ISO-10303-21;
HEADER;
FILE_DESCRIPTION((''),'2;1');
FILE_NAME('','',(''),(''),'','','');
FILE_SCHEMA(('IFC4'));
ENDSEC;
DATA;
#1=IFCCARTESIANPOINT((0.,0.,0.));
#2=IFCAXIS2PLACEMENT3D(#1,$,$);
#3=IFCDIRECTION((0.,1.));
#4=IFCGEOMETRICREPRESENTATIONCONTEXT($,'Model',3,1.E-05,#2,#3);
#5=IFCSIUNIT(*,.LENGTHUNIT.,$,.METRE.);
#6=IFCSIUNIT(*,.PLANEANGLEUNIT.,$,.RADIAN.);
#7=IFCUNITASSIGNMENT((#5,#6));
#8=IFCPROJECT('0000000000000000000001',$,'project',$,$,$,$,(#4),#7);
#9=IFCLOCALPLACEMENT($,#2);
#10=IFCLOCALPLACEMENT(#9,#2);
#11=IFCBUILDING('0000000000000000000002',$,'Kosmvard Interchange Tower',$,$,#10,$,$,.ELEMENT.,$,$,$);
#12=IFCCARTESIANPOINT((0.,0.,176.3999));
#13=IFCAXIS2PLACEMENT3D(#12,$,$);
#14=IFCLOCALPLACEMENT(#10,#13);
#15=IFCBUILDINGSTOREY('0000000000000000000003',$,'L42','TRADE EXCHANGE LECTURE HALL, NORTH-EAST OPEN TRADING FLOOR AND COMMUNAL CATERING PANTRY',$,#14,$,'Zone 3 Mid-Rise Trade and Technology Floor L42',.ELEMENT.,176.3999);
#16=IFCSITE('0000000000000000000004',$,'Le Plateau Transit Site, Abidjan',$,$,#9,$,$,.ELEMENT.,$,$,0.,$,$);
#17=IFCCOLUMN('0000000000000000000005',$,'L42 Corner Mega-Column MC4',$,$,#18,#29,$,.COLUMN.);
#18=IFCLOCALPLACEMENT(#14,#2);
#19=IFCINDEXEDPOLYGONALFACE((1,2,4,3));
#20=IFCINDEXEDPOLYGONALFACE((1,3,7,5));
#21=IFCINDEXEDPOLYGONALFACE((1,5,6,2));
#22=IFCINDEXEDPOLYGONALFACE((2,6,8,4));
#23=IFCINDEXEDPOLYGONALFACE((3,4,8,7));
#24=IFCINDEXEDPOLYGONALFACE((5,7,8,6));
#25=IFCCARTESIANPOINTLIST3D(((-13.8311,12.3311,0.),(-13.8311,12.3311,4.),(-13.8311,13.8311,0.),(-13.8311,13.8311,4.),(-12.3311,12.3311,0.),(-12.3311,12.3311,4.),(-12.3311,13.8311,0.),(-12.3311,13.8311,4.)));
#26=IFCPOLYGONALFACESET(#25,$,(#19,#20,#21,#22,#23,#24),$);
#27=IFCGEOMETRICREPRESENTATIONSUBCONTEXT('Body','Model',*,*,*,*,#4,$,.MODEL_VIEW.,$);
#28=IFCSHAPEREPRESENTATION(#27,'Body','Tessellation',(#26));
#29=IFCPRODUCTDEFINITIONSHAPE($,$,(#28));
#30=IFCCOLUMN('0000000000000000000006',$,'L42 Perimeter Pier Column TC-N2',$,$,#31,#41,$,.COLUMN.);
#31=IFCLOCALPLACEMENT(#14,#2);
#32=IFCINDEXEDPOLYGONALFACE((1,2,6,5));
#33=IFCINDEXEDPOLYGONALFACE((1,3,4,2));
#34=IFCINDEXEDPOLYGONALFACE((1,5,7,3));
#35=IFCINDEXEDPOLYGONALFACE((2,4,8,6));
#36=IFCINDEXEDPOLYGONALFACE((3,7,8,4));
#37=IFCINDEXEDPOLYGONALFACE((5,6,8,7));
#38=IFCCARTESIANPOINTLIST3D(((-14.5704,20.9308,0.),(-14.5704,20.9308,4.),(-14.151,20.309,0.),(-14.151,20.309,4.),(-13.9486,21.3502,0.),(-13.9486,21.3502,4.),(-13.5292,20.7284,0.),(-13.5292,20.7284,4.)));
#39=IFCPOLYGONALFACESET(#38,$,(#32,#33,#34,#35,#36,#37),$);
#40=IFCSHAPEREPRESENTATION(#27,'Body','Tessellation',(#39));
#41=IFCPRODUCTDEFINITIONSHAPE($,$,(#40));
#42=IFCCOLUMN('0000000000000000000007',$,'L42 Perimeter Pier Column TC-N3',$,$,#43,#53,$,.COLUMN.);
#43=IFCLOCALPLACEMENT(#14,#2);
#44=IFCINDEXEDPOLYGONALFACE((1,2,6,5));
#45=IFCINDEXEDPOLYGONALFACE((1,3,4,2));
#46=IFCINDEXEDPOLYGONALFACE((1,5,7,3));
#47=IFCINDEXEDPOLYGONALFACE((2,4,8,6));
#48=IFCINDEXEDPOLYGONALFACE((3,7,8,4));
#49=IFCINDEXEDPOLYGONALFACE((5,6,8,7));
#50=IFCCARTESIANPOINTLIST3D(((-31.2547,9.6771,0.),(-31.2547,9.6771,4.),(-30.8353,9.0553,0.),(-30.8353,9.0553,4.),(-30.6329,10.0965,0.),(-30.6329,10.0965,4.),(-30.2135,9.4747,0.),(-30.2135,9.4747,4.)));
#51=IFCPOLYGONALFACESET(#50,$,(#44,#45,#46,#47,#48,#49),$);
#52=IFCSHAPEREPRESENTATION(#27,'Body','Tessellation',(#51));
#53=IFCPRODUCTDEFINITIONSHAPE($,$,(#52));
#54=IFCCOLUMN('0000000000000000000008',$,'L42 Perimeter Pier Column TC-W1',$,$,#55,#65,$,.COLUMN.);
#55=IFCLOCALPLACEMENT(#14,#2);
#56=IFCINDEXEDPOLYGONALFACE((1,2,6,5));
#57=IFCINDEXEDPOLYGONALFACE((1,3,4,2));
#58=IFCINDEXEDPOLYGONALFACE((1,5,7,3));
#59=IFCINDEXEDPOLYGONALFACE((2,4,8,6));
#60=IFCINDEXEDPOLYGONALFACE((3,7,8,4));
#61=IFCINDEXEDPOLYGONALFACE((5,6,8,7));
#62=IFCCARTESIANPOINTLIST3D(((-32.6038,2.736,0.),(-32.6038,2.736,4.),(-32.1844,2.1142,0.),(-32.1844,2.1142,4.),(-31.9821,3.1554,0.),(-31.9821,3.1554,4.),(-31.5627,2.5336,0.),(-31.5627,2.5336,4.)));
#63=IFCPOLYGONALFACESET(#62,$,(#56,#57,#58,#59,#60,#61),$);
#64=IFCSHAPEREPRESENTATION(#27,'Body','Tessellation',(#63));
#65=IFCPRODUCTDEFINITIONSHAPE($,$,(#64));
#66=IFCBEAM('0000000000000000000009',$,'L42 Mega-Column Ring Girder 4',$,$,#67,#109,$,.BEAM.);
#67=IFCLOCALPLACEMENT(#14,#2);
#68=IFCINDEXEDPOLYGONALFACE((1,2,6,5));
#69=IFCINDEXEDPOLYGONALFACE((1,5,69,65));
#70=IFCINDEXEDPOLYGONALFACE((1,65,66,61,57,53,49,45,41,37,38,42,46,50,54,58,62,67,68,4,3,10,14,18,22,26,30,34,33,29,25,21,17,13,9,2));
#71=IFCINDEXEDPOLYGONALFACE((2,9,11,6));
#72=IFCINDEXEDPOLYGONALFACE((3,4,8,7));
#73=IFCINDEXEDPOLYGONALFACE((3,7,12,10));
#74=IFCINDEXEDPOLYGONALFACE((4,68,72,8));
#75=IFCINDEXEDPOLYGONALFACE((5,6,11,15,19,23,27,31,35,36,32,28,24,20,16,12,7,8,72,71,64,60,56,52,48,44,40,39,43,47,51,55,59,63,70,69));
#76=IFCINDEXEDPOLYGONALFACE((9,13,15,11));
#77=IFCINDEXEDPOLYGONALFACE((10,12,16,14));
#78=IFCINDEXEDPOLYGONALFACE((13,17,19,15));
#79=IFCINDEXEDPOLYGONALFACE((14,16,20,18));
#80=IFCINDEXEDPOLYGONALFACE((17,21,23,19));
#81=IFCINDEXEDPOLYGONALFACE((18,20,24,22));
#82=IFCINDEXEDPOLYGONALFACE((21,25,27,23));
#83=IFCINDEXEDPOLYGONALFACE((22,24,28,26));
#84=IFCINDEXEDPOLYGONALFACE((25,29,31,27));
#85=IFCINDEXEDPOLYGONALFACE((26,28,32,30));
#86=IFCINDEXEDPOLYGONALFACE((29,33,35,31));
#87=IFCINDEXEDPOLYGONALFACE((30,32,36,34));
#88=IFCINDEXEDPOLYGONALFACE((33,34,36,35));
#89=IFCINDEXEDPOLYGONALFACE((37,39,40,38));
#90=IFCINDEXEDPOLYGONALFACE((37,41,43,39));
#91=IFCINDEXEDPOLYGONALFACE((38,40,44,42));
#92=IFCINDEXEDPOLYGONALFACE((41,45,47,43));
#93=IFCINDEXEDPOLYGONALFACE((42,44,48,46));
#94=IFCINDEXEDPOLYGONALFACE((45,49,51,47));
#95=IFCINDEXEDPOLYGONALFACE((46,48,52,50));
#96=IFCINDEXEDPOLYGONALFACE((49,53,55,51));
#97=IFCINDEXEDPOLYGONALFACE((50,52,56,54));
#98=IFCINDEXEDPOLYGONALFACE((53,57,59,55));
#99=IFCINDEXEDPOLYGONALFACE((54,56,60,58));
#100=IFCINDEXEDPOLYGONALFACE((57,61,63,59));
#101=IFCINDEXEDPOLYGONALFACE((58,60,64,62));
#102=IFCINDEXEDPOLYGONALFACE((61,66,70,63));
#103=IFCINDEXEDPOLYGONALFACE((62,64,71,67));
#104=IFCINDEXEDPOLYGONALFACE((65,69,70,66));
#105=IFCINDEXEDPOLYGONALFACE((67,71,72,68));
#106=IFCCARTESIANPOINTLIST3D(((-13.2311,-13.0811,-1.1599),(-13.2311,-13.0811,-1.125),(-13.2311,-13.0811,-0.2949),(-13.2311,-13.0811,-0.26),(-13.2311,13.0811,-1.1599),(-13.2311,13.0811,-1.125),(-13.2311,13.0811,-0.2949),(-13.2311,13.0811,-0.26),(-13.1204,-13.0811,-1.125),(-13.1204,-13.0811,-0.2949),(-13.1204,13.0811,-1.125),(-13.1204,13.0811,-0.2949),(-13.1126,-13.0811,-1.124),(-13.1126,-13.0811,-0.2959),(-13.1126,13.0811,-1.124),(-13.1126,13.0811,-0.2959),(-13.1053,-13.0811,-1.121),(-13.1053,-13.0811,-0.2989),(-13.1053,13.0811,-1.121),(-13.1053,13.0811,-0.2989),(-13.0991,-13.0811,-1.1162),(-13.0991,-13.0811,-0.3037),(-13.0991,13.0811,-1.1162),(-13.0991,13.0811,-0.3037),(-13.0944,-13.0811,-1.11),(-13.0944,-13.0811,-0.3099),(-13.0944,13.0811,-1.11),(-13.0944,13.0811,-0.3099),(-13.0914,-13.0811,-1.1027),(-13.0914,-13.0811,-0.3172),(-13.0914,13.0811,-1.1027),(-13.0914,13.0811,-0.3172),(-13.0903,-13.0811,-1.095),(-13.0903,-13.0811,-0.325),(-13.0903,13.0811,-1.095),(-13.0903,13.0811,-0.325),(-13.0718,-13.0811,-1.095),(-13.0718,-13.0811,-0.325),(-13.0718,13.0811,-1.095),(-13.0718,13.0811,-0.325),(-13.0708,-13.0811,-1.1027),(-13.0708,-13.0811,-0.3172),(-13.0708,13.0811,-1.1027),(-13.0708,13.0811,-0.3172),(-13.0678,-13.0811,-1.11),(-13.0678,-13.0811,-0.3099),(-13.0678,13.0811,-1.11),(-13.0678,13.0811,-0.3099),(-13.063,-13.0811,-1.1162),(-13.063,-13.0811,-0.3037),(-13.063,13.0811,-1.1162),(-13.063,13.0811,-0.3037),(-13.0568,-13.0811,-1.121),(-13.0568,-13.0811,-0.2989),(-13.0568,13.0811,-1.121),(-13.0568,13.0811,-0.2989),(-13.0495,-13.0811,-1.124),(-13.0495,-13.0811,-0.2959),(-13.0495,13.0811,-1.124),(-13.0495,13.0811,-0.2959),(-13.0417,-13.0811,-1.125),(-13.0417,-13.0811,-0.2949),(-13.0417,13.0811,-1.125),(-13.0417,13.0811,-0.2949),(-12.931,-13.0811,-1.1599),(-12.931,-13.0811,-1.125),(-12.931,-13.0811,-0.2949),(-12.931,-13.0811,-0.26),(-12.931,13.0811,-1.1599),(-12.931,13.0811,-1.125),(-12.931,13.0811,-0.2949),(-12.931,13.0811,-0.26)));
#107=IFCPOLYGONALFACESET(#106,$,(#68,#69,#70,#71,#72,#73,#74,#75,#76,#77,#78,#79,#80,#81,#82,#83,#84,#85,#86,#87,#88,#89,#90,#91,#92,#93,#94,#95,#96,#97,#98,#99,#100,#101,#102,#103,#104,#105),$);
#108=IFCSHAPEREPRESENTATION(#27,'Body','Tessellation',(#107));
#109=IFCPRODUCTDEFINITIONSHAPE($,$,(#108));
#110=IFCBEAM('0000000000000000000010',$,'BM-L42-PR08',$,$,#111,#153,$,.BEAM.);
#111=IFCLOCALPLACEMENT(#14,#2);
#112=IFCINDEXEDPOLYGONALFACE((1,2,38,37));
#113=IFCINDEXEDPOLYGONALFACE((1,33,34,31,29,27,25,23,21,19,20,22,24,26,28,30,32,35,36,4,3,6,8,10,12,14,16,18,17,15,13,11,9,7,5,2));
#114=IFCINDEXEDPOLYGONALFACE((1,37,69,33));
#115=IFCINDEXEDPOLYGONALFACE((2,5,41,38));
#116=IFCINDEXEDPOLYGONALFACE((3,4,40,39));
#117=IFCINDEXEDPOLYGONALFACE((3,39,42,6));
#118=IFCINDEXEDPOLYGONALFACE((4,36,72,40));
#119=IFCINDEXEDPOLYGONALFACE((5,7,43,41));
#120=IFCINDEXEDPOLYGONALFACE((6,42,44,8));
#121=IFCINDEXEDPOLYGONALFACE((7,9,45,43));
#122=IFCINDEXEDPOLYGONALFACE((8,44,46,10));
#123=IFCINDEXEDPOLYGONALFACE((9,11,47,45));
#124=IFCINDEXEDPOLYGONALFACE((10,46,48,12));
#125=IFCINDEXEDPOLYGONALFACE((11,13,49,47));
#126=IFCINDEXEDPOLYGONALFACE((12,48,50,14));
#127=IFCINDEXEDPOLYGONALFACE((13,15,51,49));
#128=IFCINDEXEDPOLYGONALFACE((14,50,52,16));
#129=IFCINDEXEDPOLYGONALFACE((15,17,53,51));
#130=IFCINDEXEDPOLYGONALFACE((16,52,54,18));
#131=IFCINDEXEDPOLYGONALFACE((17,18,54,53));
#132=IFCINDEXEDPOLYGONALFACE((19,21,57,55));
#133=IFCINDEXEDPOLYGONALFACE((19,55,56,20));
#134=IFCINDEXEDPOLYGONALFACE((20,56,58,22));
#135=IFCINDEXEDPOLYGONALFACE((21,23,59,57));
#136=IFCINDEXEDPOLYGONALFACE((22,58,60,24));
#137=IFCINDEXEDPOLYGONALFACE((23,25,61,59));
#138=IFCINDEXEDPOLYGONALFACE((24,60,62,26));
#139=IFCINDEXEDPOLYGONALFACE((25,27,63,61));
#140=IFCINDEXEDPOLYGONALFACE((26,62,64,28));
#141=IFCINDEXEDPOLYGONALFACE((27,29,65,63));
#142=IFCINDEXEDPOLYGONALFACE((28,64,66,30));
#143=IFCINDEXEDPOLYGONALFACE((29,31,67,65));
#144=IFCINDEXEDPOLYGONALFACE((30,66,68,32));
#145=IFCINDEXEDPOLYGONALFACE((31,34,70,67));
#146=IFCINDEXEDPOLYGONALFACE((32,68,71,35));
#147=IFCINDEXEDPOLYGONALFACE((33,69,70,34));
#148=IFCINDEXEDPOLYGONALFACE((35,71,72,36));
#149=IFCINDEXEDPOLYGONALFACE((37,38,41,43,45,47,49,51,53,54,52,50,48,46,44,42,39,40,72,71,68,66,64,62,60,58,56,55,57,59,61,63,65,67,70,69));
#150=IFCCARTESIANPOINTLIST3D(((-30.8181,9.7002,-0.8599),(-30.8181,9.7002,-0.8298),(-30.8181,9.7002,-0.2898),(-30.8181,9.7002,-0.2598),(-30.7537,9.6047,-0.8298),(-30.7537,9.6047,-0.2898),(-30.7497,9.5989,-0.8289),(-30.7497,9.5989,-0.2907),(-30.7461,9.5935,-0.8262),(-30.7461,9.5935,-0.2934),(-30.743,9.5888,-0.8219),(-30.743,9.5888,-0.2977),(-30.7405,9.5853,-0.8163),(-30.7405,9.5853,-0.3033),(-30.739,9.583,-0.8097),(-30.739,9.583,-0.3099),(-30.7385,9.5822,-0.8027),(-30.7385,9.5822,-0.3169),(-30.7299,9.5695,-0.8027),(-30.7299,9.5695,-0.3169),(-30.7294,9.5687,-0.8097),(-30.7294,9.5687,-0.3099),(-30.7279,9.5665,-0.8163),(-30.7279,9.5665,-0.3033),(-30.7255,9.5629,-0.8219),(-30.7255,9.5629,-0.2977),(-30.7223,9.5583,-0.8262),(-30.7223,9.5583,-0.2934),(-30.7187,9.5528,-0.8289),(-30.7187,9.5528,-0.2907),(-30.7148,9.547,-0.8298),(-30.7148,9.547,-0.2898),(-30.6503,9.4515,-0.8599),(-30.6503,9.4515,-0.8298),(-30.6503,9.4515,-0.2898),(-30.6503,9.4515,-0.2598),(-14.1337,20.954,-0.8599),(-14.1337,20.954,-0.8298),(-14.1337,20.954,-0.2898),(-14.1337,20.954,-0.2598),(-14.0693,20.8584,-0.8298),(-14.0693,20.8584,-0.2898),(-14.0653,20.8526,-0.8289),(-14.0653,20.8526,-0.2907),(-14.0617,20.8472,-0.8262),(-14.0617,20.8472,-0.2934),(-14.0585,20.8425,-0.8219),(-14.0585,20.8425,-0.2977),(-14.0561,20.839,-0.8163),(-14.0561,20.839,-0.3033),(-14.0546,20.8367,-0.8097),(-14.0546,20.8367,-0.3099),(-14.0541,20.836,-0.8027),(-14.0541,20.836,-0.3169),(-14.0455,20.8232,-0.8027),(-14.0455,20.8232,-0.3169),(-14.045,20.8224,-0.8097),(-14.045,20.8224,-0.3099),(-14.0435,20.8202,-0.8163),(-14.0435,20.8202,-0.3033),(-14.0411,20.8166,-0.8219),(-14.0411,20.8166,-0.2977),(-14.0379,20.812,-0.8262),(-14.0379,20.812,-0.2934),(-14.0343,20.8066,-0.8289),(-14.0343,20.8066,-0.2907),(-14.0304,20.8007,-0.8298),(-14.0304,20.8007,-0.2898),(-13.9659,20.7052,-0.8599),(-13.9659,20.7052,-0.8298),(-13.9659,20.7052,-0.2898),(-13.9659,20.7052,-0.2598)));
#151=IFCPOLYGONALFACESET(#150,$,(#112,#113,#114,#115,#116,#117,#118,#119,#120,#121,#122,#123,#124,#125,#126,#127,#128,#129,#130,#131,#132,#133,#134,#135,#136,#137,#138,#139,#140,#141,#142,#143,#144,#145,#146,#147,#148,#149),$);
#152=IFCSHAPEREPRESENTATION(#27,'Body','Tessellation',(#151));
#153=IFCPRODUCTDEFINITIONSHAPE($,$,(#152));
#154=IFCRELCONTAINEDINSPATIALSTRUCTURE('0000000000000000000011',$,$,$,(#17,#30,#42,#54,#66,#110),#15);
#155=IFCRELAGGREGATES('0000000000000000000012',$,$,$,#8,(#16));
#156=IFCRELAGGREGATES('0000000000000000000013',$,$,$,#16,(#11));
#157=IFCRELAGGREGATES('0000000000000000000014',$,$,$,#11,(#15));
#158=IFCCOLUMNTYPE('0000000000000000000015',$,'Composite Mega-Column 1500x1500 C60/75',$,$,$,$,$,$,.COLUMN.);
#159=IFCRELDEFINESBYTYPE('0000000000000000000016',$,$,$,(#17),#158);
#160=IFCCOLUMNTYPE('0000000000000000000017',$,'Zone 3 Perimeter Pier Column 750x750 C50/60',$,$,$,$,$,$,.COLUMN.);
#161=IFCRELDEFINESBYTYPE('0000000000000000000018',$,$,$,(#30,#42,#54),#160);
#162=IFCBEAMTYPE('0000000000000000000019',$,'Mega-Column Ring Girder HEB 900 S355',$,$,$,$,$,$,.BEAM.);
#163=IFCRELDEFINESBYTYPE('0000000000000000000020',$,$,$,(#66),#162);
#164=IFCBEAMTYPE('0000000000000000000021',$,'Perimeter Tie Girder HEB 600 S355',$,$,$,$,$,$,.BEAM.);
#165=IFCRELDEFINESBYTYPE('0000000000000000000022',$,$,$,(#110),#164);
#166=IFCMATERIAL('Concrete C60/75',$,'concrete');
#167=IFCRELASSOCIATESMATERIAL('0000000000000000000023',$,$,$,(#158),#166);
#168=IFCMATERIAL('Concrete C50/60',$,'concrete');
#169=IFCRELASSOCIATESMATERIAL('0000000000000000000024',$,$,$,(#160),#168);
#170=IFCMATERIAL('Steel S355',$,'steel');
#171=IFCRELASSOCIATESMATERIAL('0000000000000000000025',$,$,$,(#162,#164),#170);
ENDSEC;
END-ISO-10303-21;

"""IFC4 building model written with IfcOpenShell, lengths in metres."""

from ifc_helpers import new_model, si_unit, direction, frame, origin, origin_2d, place, context, subcontext, project, spatial, rectangle, i_section, extrude, source, transform, mapped, material, material_profile, profile_set, type_object, element, save


model = new_model("IFC4")

# Units and contexts
model_context = context("Model", 3, precision=1e-05, world=origin(), true_north=direction((0.0, 1.0)))
body_context = subcontext(model_context, "Body", "Model", "MODEL_VIEW")
ifc_project = project(units=[si_unit("LENGTHUNIT", "METRE"), si_unit("PLANEANGLEUNIT", "RADIAN")], contexts=[model_context])

# Site, building, storey
site_placement = place(None, origin())
site = spatial("IfcSite", under=ifc_project, at=site_placement, Name="Le Plateau Transit Site, Abidjan", CompositionType="ELEMENT", RefElevation=0.0)
building_placement = place(site_placement, origin())
building = spatial("IfcBuilding", under=site, at=building_placement, Name="Kosmvard Interchange Tower", CompositionType="ELEMENT")
storey_placement = place(building_placement, frame((0.0, 0.0, 176.3999)))
storey = spatial("IfcBuildingStorey", under=building, at=storey_placement, Name="L42", Description="TRADE EXCHANGE LECTURE HALL, NORTH-EAST OPEN TRADING FLOOR AND COMMUNAL CATERING PANTRY", LongName="Zone 3 Mid-Rise Trade and Technology Floor L42", CompositionType="ELEMENT", Elevation=176.3999)

# Columns
ifc_material_1 = material(Name="Concrete C60/75", Category="concrete")
ifc_material_profile_1 = material_profile(ifc_material_1, rectangle(XDim=1.5, YDim=1.5, at=origin_2d()), Name="MC 1500x1500")
ifc_profile_set_1 = profile_set([ifc_material_profile_1], Name="Concrete C60/75")
column_type_1 = type_object("IfcColumnType", Name="Composite Mega-Column 1500x1500 C60/75", PredefinedType="COLUMN", material=ifc_profile_set_1)
shared_shape_1 = source(origin(), body_context, "Body", "SweptSolid", [
    extrude(rectangle(XDim=1.5, YDim=1.5, at=origin_2d()), origin(), (0.0, 0.0, 1.0), 4.0),
])
column_placement = place(storey_placement, frame((-13.0811, 13.0811, 0.0), z_axis=(0.0, 0.0, 1.0), x_axis=(1.0, 0.0, 0.0)))
element("IfcColumn", 1, at=column_placement, inside=storey, type_object=column_type_1, Name="L42 Corner Mega-Column MC4", PredefinedType="COLUMN", context=body_context, shape_type="MappedRepresentation", body=[
    mapped(shared_shape_1, transform((0.0, 0.0, 0.0), scale=1.0)),
])
ifc_material_2 = material(Name="Concrete C50/60", Category="concrete")
ifc_material_profile_2 = material_profile(ifc_material_2, rectangle(XDim=0.75, YDim=0.75, at=origin_2d()), Name="TC 750x750")
ifc_profile_set_2 = profile_set([ifc_material_profile_2], Name="Concrete C50/60")
column_type_2 = type_object("IfcColumnType", Name="Zone 3 Perimeter Pier Column 750x750 C50/60", PredefinedType="COLUMN", material=ifc_profile_set_2)
shared_shape_2 = source(origin(), body_context, "Body", "SweptSolid", [
    extrude(rectangle(XDim=0.75, YDim=0.75, at=origin_2d()), origin(), (0.0, 0.0, 1.0), 4.0),
])
for number, where, z_axis, x_axis, name in (
    (2, (-14.0498, 20.8296, 0.0), (0.0, 0.0, 1.0), (0.829038, 0.559193, 0.0), "L42 Perimeter Pier Column TC-N2"),
    (3, (-30.7341, 9.5759, 0.0), (0.0, 0.0, 1.0), (0.829038, 0.559193, 0.0), "L42 Perimeter Pier Column TC-N3"),
    (4, (-32.0833, 2.6348, 0.0), (0.0, 0.0, 1.0), (0.829038, 0.559193, 0.0), "L42 Perimeter Pier Column TC-W1"),
):
    element("IfcColumn", number, at=place(storey_placement, frame(where, z_axis=z_axis, x_axis=x_axis)), inside=storey, type_object=column_type_2, Name=name, PredefinedType="COLUMN", context=body_context, shape_type="MappedRepresentation", body=[
        mapped(shared_shape_2, transform((0.0, 0.0, 0.0), scale=1.0)),
    ])

# Beams
ifc_material_3 = material(Name="Steel S355", Category="steel")
ifc_material_profile_3 = material_profile(ifc_material_3, i_section(OverallWidth=0.3, OverallDepth=0.8999, WebThickness=0.0186, FlangeThickness=0.0349, FilletRadius=0.03, at=origin_2d()), Name="HEB 900")
ifc_profile_set_3 = profile_set([ifc_material_profile_3], Name="Steel S355")
beam_type_1 = type_object("IfcBeamType", Name="Mega-Column Ring Girder HEB 900 S355", PredefinedType="BEAM", material=ifc_profile_set_3)
shared_shape_3 = source(origin(), body_context, "Body", "SweptSolid", [
    extrude(i_section(OverallWidth=0.3, OverallDepth=0.8999, WebThickness=0.0186, FlangeThickness=0.0349, FilletRadius=0.03, at=origin_2d()), origin(), (0.0, 0.0, 1.0), 26.1621),
])
beam_1_placement = place(storey_placement, frame((-13.0811, 13.0811, -0.71), z_axis=(0.0, -1.0, 0.0), x_axis=(1.0, 0.0, 0.0)))
element("IfcBeam", 5, at=beam_1_placement, inside=storey, type_object=beam_type_1, Name="L42 Mega-Column Ring Girder 4", PredefinedType="BEAM", context=body_context, shape_type="MappedRepresentation", body=[
    mapped(shared_shape_3, transform((0.0, 0.0, 0.0), scale=1.0)),
])
ifc_material_profile_4 = material_profile(ifc_material_3, i_section(OverallWidth=0.3, OverallDepth=0.6001, WebThickness=0.0154, FlangeThickness=0.03, FilletRadius=0.0271, at=origin_2d()), Name="HEB 600")
ifc_profile_set_4 = profile_set([ifc_material_profile_4], Name="Steel S355")
beam_type_2 = type_object("IfcBeamType", Name="Perimeter Tie Girder HEB 600 S355", PredefinedType="BEAM", material=ifc_profile_set_4)
shared_shape_4 = source(origin(), body_context, "Body", "SweptSolid", [
    extrude(i_section(OverallWidth=0.3, OverallDepth=0.6001, WebThickness=0.0154, FlangeThickness=0.03, FilletRadius=0.0271, at=origin_2d()), origin(), (0.0, 0.0, 1.0), 20.125),
])
for number, where, z_axis, x_axis, name in (
    (6, (-14.0498, 20.8296, -0.5598), (-0.829039, -0.559191, 0.0), (0.559191, -0.829039, 0.0), "BM-L42-PR08"),
):
    element("IfcBeam", number, at=place(storey_placement, frame(where, z_axis=z_axis, x_axis=x_axis)), inside=storey, type_object=beam_type_2, Name=name, PredefinedType="BEAM", context=body_context, shape_type="MappedRepresentation", body=[
        mapped(shared_shape_4, transform((0.0, 0.0, 0.0), scale=1.0)),
    ])

save(model, "model.ifc")
